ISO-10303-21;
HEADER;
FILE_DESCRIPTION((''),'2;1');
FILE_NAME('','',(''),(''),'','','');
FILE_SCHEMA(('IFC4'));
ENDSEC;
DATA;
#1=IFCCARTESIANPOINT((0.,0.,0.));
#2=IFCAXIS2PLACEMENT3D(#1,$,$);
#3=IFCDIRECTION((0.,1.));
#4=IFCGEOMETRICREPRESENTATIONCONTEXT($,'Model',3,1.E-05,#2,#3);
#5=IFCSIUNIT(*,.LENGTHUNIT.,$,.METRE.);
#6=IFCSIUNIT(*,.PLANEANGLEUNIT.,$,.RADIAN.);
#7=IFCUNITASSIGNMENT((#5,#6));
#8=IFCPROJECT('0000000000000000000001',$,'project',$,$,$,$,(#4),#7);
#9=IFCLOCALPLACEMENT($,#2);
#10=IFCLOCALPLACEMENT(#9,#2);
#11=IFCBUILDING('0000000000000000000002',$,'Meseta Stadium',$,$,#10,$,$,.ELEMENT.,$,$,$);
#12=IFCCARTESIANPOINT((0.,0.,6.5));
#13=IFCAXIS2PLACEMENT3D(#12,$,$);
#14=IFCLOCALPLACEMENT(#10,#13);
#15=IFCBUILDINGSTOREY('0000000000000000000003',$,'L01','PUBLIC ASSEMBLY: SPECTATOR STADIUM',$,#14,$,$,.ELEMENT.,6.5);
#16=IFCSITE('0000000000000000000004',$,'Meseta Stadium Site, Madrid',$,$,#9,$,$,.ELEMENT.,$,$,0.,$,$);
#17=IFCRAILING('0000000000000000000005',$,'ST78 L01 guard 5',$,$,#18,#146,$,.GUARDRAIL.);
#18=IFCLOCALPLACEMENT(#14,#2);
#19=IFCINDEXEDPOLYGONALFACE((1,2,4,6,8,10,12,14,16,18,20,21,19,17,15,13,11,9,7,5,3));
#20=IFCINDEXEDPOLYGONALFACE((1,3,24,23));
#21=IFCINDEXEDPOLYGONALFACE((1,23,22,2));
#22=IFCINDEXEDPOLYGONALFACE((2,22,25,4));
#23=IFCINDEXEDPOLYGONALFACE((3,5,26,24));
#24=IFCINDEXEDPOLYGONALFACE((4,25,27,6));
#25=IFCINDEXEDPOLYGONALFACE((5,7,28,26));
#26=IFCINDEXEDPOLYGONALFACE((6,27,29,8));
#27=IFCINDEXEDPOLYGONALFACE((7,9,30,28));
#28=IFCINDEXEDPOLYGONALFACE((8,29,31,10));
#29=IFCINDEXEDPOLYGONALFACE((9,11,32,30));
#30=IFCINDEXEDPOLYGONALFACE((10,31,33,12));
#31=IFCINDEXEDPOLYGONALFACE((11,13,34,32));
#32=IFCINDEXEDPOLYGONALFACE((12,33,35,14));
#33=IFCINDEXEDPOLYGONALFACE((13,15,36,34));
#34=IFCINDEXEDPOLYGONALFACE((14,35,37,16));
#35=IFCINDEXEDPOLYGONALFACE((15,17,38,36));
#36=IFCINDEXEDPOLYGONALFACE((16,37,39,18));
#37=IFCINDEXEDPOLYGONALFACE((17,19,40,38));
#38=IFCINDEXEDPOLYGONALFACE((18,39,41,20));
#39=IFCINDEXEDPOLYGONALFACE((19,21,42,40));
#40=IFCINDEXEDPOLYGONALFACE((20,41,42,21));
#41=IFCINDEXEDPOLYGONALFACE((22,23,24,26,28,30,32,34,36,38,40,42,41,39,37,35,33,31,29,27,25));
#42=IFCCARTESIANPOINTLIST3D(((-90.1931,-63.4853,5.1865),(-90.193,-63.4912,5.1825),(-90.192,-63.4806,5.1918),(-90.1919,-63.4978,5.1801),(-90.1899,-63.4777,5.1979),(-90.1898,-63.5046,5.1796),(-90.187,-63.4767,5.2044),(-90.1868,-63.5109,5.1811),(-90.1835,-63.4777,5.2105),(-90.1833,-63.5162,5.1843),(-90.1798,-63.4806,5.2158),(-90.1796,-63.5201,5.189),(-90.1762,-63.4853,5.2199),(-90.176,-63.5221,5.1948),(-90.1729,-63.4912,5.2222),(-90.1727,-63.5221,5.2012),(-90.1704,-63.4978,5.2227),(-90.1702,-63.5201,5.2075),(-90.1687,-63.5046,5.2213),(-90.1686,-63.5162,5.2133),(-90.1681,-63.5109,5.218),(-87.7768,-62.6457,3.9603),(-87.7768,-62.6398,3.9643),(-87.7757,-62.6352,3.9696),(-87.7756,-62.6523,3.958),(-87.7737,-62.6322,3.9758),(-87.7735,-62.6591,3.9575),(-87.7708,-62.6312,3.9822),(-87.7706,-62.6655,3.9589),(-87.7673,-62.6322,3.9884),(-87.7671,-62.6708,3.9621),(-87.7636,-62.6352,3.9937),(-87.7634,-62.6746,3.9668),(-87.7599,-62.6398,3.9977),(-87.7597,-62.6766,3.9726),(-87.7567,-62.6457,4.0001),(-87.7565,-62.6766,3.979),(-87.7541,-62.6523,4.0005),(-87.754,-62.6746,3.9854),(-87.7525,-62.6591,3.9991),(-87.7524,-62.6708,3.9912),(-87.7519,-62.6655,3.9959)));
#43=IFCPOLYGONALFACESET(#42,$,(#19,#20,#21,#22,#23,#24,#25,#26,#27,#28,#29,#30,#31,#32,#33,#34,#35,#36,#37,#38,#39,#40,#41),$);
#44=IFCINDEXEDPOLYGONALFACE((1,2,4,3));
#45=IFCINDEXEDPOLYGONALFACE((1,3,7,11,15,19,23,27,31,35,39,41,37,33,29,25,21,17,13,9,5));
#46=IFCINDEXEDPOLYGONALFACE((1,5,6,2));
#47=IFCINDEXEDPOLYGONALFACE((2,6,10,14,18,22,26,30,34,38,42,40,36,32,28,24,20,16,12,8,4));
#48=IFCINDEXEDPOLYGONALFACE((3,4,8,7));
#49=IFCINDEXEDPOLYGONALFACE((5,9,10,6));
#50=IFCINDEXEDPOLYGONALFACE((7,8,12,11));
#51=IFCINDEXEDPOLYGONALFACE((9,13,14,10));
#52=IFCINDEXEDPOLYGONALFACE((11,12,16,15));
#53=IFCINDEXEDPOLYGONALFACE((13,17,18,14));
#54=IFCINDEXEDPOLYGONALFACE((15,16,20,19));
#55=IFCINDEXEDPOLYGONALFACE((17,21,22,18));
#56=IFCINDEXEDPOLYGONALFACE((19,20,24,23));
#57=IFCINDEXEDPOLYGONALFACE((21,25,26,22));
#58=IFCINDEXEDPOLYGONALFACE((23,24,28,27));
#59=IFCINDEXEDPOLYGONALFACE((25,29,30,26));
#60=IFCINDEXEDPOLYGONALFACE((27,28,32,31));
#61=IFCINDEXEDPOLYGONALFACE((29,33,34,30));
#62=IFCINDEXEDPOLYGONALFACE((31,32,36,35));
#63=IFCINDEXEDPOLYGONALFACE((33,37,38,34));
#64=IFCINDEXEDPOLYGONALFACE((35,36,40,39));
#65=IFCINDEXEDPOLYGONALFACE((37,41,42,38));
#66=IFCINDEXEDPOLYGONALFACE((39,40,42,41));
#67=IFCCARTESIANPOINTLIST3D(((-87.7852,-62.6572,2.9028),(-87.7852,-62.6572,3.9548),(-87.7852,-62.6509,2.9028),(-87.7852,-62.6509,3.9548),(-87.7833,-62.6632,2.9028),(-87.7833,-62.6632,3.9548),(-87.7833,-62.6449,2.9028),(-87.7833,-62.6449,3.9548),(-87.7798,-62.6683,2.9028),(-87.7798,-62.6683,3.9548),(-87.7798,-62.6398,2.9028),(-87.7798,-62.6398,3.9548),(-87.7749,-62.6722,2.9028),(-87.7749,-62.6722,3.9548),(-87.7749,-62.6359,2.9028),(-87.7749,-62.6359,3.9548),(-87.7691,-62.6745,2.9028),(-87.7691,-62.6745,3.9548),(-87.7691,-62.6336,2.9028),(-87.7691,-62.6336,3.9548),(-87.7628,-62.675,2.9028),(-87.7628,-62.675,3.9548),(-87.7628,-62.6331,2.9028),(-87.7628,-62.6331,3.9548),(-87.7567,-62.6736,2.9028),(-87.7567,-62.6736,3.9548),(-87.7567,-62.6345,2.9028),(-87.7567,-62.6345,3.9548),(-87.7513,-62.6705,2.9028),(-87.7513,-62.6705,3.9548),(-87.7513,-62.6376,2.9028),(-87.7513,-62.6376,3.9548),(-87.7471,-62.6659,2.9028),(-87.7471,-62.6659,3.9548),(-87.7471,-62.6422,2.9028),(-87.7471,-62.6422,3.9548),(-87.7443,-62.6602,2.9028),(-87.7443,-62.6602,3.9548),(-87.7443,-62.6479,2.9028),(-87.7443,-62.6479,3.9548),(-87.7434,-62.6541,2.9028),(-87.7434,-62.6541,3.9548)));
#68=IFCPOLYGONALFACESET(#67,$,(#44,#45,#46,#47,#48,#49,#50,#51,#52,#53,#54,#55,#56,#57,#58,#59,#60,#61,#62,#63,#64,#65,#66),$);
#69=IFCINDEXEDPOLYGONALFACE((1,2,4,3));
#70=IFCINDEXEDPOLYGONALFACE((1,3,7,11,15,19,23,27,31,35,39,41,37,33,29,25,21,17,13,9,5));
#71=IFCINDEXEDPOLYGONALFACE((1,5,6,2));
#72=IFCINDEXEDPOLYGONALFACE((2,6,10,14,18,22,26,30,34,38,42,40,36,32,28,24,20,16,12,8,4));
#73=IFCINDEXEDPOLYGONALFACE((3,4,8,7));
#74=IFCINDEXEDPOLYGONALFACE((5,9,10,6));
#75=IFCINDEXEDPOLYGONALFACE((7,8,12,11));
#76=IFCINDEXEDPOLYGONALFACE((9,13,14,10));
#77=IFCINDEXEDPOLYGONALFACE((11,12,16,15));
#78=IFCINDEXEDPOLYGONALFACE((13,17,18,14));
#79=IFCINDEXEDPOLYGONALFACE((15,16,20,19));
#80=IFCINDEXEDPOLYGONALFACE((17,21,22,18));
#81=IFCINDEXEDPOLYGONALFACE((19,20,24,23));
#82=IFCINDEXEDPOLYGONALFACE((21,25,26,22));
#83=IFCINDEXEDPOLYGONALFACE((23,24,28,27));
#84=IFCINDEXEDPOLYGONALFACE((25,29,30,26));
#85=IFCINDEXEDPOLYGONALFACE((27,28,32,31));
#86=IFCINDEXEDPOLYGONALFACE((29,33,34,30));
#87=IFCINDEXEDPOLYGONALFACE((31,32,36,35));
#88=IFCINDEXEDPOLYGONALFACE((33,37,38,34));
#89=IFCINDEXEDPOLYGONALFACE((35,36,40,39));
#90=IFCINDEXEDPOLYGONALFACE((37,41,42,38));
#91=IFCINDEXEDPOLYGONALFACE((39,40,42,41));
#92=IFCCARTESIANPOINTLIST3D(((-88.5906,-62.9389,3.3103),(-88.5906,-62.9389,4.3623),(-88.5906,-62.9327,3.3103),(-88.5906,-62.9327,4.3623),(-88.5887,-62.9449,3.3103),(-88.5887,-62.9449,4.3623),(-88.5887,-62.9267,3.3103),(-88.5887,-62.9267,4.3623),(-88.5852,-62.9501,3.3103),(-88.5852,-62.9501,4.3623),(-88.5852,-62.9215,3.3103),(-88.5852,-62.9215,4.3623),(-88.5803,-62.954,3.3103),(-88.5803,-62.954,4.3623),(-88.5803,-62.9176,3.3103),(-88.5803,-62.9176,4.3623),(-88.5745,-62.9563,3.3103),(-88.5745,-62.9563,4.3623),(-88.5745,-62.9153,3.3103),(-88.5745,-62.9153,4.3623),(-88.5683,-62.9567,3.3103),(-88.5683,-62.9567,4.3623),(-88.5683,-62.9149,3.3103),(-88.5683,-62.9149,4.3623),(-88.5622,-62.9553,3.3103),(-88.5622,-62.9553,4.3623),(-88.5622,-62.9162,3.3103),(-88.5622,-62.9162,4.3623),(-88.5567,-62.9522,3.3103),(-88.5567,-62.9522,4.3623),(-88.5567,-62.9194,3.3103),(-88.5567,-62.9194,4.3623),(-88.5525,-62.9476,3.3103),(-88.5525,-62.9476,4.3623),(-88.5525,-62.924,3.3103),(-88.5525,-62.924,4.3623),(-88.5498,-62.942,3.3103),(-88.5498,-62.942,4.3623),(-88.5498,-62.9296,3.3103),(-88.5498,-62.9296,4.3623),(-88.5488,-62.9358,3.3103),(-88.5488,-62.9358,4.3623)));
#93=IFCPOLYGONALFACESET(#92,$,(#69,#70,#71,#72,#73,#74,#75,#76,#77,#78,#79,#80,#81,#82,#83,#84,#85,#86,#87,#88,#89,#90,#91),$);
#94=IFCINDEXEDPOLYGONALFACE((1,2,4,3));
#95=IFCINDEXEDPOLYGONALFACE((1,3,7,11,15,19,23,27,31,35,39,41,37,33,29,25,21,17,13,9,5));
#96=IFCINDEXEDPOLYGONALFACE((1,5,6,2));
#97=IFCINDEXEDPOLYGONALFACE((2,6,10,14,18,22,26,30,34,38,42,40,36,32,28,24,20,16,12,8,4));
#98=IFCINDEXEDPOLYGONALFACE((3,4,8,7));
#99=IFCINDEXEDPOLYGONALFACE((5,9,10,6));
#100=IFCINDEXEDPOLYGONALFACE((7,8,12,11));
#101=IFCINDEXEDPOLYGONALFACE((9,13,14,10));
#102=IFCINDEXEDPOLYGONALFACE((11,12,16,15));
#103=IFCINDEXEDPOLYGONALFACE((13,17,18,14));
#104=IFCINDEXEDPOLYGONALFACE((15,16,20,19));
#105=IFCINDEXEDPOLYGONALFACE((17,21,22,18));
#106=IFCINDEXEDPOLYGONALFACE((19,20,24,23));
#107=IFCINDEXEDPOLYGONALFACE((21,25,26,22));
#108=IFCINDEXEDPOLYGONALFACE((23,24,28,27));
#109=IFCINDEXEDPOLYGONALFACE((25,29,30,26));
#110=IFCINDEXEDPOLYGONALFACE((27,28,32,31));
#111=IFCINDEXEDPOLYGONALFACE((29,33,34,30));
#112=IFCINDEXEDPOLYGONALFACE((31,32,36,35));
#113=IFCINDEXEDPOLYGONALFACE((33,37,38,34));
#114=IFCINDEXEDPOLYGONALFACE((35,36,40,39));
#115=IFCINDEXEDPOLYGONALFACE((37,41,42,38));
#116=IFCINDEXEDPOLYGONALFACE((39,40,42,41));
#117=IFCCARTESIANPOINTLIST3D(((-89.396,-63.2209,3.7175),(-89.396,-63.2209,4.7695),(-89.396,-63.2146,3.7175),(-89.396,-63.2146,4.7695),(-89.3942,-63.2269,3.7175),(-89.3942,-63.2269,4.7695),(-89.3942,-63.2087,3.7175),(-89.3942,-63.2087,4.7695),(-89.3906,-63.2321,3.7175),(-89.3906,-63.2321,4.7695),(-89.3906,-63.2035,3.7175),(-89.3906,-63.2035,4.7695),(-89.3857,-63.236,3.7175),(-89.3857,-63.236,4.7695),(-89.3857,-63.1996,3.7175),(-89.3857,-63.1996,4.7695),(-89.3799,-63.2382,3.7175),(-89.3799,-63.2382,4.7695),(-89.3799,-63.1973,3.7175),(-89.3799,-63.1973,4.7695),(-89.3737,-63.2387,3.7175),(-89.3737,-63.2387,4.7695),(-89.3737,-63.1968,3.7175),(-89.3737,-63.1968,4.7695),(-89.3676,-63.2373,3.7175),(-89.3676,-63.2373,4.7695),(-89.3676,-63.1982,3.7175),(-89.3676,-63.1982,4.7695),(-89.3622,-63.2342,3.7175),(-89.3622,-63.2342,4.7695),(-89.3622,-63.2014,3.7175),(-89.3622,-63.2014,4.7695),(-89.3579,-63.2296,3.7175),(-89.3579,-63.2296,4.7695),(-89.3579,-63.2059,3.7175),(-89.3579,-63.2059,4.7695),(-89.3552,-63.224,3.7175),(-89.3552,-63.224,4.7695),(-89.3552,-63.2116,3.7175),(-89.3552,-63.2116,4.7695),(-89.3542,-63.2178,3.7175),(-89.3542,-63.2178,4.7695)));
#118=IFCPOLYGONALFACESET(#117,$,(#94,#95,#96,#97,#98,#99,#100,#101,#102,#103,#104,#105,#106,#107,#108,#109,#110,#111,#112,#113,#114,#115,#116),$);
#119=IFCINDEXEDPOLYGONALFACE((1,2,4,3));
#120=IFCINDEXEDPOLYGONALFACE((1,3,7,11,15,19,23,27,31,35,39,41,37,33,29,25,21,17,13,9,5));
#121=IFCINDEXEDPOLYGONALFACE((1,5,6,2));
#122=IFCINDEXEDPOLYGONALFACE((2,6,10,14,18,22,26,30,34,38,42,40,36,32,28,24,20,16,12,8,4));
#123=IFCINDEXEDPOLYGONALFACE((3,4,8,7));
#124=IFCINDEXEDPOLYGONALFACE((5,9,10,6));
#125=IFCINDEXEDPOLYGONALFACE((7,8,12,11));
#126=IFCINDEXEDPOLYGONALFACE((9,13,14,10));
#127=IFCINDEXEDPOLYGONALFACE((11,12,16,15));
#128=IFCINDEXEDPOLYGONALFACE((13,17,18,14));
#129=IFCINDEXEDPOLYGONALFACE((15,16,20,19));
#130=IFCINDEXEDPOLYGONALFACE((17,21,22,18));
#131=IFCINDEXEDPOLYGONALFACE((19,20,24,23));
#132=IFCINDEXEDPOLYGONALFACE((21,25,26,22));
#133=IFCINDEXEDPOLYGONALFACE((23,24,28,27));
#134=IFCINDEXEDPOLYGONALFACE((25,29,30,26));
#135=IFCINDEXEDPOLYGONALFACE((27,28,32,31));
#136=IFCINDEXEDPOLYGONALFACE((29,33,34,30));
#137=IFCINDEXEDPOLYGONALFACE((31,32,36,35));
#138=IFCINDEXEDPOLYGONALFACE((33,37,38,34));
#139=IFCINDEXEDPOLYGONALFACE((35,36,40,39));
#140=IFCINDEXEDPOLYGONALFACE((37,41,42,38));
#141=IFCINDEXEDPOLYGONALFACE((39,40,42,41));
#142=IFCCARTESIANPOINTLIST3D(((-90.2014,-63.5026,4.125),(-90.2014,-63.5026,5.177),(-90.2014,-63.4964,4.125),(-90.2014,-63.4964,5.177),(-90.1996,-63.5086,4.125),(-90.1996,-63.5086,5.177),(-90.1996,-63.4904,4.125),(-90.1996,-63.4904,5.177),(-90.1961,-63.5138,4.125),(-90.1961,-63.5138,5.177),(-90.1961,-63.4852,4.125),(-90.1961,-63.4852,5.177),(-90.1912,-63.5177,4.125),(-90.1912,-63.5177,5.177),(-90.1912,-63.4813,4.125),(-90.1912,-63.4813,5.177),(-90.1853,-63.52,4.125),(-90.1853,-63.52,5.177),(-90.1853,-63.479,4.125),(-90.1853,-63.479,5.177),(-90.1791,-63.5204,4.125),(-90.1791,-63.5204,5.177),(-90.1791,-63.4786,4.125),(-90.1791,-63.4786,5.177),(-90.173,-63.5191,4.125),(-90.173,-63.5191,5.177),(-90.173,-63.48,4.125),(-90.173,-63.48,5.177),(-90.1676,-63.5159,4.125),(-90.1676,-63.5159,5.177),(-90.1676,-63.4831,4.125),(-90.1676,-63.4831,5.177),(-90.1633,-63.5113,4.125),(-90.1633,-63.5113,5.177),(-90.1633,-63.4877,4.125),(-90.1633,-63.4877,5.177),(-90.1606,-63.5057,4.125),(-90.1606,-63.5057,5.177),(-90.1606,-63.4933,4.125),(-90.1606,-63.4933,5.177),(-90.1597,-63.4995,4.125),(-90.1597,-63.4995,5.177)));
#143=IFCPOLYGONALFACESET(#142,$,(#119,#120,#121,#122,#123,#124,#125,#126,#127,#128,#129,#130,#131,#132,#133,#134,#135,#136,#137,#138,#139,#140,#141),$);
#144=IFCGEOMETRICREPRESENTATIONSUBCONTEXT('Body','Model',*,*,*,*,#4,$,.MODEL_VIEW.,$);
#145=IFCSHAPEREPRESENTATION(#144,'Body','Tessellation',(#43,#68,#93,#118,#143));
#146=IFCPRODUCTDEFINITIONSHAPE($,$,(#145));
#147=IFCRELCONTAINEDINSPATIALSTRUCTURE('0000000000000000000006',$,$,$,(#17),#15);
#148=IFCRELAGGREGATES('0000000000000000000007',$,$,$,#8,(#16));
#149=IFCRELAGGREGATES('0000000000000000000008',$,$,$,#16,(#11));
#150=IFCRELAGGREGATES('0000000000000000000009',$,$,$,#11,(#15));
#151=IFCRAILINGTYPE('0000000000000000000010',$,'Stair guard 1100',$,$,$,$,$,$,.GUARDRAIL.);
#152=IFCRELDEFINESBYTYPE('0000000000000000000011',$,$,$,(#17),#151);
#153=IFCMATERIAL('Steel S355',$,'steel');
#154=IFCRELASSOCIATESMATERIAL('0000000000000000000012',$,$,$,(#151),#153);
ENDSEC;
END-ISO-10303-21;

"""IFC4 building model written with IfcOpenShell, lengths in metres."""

from ifc_helpers import new_model, si_unit, direction, frame, origin, origin_2d, place, context, subcontext, project, spatial, circle, extrude, material, type_object, element, save


model = new_model("IFC4")

# Units and contexts
model_context = context("Model", 3, precision=1e-05, world=origin(), true_north=direction((0.0, 1.0)))
body_context = subcontext(model_context, "Body", "Model", "MODEL_VIEW")
ifc_project = project(units=[si_unit("LENGTHUNIT", "METRE"), si_unit("PLANEANGLEUNIT", "RADIAN")], contexts=[model_context])

# Site, building, storey
site_placement = place(None, origin())
site = spatial("IfcSite", under=ifc_project, at=site_placement, Name="Meseta Stadium Site, Madrid", CompositionType="ELEMENT", RefElevation=0.0)
building_placement = place(site_placement, origin())
building = spatial("IfcBuilding", under=site, at=building_placement, Name="Meseta Stadium", CompositionType="ELEMENT")
storey_placement = place(building_placement, frame((0.0, 0.0, 6.5)))
storey = spatial("IfcBuildingStorey", under=building, at=storey_placement, Name="L01", Description="PUBLIC ASSEMBLY: SPECTATOR STADIUM", CompositionType="ELEMENT", Elevation=6.5)

# Railing
ifc_material_1 = material(Name="Steel S355", Category="steel")
railing_type_1 = type_object("IfcRailingType", Name="Stair guard 1100", PredefinedType="GUARDRAIL", material=ifc_material_1)
railing_1_placement = place(storey_placement, frame((-87.7644, -62.6541, 2.9028)))
element("IfcRailing", 1, at=railing_1_placement, inside=storey, type_object=railing_type_1, Name="ST78 L01 guard 5", PredefinedType="GUARDRAIL", context=body_context, shape_type="SweptSolid", body=[
    extrude(circle(Radius=0.0239, at=origin_2d()), frame((0.0, 0.0, 1.0762), z_axis=(-0.851789, -0.298044, 0.430843), x_axis=(0.33027, -0.943887, 0.0)), (0.0, 0.0, 1.0), 2.8367),
    extrude(circle(Radius=0.021, at=origin_2d()), origin(), (0.0, 0.0, 1.0), 1.052),
    extrude(circle(Radius=0.021, at=origin_2d()), frame((-0.8054, -0.2817, 0.4075)), (0.0, 0.0, 1.0), 1.052),
    extrude(circle(Radius=0.021, at=origin_2d()), frame((-1.6108, -0.5637, 0.8147)), (0.0, 0.0, 1.0), 1.052),
    extrude(circle(Radius=0.021, at=origin_2d()), frame((-2.4163, -0.8455, 1.2222)), (0.0, 0.0, 1.0), 1.052),
])

save(model, "model.ifc")
